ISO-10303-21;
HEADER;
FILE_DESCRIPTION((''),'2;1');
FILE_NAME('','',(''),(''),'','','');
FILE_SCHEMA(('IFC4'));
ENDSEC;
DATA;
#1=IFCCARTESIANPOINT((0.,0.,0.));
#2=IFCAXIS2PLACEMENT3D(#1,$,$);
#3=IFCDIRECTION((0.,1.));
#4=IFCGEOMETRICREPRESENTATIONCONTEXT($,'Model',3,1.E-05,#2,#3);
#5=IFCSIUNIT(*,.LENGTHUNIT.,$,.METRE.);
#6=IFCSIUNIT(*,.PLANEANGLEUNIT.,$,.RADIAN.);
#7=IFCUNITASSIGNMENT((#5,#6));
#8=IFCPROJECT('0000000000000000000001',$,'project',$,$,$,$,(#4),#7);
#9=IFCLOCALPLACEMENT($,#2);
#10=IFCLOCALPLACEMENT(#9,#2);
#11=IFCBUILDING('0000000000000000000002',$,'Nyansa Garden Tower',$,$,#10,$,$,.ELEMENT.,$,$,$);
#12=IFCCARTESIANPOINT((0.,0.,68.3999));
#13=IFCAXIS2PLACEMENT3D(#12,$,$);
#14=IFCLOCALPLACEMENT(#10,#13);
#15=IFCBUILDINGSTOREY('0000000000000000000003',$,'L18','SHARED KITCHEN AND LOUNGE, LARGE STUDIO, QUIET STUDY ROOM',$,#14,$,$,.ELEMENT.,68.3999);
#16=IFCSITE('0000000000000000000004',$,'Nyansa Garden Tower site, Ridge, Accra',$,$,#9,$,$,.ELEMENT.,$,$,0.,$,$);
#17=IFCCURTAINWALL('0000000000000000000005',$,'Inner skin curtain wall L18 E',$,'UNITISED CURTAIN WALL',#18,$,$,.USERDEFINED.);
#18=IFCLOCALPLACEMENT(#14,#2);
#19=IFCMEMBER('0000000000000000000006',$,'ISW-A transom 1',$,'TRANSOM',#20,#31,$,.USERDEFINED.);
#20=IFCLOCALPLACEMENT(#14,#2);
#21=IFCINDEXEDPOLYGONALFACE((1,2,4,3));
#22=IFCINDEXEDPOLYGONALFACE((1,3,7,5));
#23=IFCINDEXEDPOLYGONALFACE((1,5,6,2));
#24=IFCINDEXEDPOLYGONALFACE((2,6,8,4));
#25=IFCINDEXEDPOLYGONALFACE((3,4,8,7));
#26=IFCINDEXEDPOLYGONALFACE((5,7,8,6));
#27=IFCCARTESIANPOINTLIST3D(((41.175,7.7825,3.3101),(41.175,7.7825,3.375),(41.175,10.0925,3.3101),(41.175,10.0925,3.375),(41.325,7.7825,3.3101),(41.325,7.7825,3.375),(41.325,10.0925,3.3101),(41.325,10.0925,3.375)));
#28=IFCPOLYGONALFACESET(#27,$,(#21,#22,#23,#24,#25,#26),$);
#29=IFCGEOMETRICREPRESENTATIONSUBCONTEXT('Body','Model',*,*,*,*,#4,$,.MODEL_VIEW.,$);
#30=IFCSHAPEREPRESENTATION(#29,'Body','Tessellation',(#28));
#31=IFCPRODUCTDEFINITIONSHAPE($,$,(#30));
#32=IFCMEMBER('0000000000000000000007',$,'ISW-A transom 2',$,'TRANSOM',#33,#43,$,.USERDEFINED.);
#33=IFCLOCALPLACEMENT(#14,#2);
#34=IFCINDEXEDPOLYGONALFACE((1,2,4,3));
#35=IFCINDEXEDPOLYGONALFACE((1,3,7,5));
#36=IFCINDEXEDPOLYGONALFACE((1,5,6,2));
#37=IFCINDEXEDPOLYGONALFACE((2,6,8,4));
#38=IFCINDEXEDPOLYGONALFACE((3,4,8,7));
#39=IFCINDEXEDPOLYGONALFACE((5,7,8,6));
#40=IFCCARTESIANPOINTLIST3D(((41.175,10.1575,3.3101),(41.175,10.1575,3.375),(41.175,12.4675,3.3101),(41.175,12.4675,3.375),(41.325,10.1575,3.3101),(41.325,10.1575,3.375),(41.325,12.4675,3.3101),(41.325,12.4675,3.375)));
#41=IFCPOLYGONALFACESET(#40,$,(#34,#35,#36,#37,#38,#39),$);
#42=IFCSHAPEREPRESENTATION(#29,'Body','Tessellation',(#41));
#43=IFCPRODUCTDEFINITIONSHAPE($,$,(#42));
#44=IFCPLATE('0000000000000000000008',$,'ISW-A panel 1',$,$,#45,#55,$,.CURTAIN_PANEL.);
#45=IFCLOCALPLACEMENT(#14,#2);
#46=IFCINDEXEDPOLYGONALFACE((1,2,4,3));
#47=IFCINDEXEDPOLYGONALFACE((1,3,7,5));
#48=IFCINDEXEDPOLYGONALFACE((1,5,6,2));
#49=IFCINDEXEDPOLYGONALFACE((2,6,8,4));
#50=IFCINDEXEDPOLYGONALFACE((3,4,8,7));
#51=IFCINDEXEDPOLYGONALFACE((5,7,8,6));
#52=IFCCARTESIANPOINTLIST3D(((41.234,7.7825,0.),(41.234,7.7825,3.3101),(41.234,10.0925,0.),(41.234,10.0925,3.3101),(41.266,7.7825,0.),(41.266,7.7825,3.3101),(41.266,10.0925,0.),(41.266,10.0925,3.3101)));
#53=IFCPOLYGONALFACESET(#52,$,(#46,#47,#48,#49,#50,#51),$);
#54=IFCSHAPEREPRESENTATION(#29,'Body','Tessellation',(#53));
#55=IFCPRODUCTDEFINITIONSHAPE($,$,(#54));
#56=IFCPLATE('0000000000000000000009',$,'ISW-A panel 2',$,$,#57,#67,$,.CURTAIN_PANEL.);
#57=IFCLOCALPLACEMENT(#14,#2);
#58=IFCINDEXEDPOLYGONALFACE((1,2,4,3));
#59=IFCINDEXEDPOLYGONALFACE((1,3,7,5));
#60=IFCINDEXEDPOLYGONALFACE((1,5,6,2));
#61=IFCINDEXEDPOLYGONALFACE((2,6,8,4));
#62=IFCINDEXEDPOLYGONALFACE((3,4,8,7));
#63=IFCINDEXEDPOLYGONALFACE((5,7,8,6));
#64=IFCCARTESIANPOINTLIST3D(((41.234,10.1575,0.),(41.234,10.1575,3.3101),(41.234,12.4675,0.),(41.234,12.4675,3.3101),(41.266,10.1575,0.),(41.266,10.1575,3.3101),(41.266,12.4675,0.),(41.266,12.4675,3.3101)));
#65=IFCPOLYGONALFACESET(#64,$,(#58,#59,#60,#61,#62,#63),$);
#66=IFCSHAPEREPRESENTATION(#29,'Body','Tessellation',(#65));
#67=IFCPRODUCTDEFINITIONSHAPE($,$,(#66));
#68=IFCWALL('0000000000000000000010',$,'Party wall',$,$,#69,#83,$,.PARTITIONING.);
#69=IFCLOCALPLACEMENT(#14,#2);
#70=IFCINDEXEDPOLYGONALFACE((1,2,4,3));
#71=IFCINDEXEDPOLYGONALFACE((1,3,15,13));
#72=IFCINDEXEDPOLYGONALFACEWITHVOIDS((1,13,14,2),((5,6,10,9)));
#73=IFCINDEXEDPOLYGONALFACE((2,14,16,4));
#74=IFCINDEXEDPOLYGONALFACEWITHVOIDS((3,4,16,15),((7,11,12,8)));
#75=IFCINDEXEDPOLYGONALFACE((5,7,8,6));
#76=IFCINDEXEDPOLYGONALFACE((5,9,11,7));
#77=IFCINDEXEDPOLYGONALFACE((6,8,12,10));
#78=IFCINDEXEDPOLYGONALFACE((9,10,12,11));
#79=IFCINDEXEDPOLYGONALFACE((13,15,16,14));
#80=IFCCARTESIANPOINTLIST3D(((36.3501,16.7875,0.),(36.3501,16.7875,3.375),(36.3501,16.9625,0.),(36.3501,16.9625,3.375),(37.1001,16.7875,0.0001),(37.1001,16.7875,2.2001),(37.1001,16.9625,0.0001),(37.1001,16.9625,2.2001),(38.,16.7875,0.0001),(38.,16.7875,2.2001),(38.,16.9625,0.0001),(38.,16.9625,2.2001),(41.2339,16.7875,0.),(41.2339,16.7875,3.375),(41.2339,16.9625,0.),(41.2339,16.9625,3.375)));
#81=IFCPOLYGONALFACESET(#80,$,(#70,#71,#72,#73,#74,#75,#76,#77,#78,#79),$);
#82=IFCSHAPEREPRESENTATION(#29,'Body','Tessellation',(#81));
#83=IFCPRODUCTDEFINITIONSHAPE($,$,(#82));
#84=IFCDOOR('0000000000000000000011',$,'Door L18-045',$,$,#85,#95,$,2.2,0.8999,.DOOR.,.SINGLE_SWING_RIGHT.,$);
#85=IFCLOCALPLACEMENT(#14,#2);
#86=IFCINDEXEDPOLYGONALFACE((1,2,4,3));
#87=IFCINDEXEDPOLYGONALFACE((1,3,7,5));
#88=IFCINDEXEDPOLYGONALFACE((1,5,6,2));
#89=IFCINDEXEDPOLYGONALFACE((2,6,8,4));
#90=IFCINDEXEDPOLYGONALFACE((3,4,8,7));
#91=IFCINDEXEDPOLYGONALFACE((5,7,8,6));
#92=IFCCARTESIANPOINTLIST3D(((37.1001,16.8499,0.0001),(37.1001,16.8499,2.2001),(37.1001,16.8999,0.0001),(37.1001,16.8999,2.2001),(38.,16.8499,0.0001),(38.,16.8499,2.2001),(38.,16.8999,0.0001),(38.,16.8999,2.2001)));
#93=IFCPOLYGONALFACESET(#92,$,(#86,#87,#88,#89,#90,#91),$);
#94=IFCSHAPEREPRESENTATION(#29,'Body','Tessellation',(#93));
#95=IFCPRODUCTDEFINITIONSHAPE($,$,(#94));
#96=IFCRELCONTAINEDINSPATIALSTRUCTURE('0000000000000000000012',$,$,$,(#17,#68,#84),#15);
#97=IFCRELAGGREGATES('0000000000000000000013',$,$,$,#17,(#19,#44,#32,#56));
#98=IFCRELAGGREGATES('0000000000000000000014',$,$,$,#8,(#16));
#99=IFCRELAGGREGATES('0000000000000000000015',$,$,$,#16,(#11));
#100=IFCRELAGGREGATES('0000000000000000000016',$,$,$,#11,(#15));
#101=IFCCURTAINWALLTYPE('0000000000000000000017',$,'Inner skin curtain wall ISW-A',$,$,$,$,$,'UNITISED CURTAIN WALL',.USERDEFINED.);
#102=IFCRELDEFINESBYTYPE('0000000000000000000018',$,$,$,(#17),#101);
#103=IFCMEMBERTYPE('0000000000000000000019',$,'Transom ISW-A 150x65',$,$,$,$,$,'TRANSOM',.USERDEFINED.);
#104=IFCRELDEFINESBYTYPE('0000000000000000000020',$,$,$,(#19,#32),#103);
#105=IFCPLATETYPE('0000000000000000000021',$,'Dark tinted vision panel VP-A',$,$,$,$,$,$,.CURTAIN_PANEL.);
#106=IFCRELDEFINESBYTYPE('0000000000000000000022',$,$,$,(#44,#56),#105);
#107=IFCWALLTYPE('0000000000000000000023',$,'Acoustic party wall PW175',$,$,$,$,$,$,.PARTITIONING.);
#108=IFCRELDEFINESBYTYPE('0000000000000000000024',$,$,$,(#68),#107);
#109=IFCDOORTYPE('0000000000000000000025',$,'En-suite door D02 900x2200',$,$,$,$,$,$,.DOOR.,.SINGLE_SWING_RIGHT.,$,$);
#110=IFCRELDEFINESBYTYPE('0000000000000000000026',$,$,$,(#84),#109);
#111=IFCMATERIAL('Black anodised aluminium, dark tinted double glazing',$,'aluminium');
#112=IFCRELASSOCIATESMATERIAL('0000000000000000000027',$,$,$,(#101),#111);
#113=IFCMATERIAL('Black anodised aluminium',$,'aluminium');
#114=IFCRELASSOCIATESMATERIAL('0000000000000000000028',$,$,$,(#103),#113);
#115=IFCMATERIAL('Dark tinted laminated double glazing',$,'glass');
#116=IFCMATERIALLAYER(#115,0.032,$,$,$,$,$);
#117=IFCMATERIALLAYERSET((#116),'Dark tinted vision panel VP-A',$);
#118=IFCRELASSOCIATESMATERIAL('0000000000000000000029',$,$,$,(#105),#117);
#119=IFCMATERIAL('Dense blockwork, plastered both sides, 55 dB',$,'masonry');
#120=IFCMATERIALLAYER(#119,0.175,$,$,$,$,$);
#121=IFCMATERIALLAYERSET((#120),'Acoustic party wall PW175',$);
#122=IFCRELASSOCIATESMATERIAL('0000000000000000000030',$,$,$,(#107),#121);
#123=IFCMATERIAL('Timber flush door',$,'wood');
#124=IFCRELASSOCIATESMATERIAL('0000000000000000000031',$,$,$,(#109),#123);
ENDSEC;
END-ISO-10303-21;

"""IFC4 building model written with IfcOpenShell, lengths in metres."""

from ifc_helpers import new_model, si_unit, direction, frame, frame_2d, origin, origin_2d, place, context, subcontext, project, spatial, rectangle, extrude, material, layer, layer_set, material_profile, profile_set, type_object, element, fill, aggregate, save


model = new_model("IFC4")

# Units and contexts
model_context = context("Model", 3, precision=1e-05, world=origin(), true_north=direction((0.0, 1.0)))
body_context = subcontext(model_context, "Body", "Model", "MODEL_VIEW")
ifc_project = project(units=[si_unit("LENGTHUNIT", "METRE"), si_unit("PLANEANGLEUNIT", "RADIAN")], contexts=[model_context])

# Site, building, storey
site_placement = place(None, origin())
site = spatial("IfcSite", under=ifc_project, at=site_placement, Name="Nyansa Garden Tower site, Ridge, Accra", CompositionType="ELEMENT", RefElevation=0.0)
building_placement = place(site_placement, origin())
building = spatial("IfcBuilding", under=site, at=building_placement, Name="Nyansa Garden Tower", CompositionType="ELEMENT")
storey_placement = place(building_placement, frame((0.0, 0.0, 68.3999)))
storey = spatial("IfcBuildingStorey", under=building, at=storey_placement, Name="L18", Description="SHARED KITCHEN AND LOUNGE, LARGE STUDIO, QUIET STUDY ROOM", CompositionType="ELEMENT", Elevation=68.3999)

# Curtain wall
ifc_material_1 = material(Name="Black anodised aluminium, dark tinted double glazing", Category="aluminium")
curtain_wall_type = type_object("IfcCurtainWallType", Name="Inner skin curtain wall ISW-A", ElementType="UNITISED CURTAIN WALL", PredefinedType="USERDEFINED", material=ifc_material_1)
curtain_wall_placement = place(storey_placement, origin())
curtain_wall = element("IfcCurtainWall", 1, at=curtain_wall_placement, inside=storey, type_object=curtain_wall_type, Name="Inner skin curtain wall L18 E", ObjectType="UNITISED CURTAIN WALL", PredefinedType="USERDEFINED")

# Members
ifc_material_2 = material(Name="Black anodised aluminium", Category="aluminium")
ifc_material_profile_1 = material_profile(ifc_material_2, rectangle(XDim=0.1499, YDim=0.0649, at=origin_2d()), Name="Transom 150x65")
ifc_profile_set_1 = profile_set([ifc_material_profile_1], Name="Black anodised aluminium")
member_type_1 = type_object("IfcMemberType", Name="Transom ISW-A 150x65", ElementType="TRANSOM", PredefinedType="USERDEFINED", material=ifc_profile_set_1)
member_1_placement = place(storey_placement, frame((41.25, 7.7825, 3.3425), z_axis=(0.0, 1.0, 0.0), x_axis=(-1.0, 0.0, 0.0)))
member_1 = element("IfcMember", 2, at=member_1_placement, type_object=member_type_1, Name="ISW-A transom 1", ObjectType="TRANSOM", PredefinedType="USERDEFINED", context=body_context, shape_type="SweptSolid", body=[
    extrude(rectangle(XDim=0.1499, YDim=0.0649, at=origin_2d()), origin(), (0.0, 0.0, 1.0), 2.3101),
])
member_2_placement = place(storey_placement, frame((41.25, 10.1575, 3.3425), z_axis=(0.0, 1.0, 0.0), x_axis=(-1.0, 0.0, 0.0)))
member_2 = element("IfcMember", 3, at=member_2_placement, type_object=member_type_1, Name="ISW-A transom 2", ObjectType="TRANSOM", PredefinedType="USERDEFINED", context=body_context, shape_type="SweptSolid", body=[
    extrude(rectangle(XDim=0.1499, YDim=0.0649, at=origin_2d()), origin(), (0.0, 0.0, 1.0), 2.3101),
])

# Plates
ifc_material_3 = material(Name="Dark tinted laminated double glazing", Category="glass")
ifc_layer_1 = layer(ifc_material_3, 0.032)
ifc_layer_set_1 = layer_set([ifc_layer_1], Name="Dark tinted vision panel VP-A")
plate_type = type_object("IfcPlateType", Name="Dark tinted vision panel VP-A", PredefinedType="CURTAIN_PANEL", material=ifc_layer_set_1)
plate_1_placement = place(storey_placement, frame((41.25, 8.9375, 0.0), z_axis=(0.0, 0.0, 1.0), x_axis=(0.0, 1.0, 0.0)))
plate_1 = element("IfcPlate", 4, at=plate_1_placement, type_object=plate_type, Name="ISW-A panel 1", PredefinedType="CURTAIN_PANEL", context=body_context, shape_type="SweptSolid", body=[
    extrude(rectangle(XDim=2.3101, YDim=0.032, at=origin_2d()), origin(), (0.0, 0.0, 1.0), 3.3101),
])
plate_2_placement = place(storey_placement, frame((41.25, 11.3125, 0.0), z_axis=(0.0, 0.0, 1.0), x_axis=(0.0, 1.0, 0.0)))
plate_2 = element("IfcPlate", 5, at=plate_2_placement, type_object=plate_type, Name="ISW-A panel 2", PredefinedType="CURTAIN_PANEL", context=body_context, shape_type="SweptSolid", body=[
    extrude(rectangle(XDim=2.3101, YDim=0.032, at=origin_2d()), origin(), (0.0, 0.0, 1.0), 3.3101),
])
aggregate(curtain_wall, [member_1, plate_1, member_2, plate_2])

# Wall, opening, door
ifc_material_4 = material(Name="Dense blockwork, plastered both sides, 55 dB", Category="masonry")
ifc_layer_2 = layer(ifc_material_4, 0.175)
ifc_layer_set_2 = layer_set([ifc_layer_2], Name="Acoustic party wall PW175")
wall_type_1 = type_object("IfcWallType", Name="Acoustic party wall PW175", PredefinedType="PARTITIONING", material=ifc_layer_set_2)
wall_1_placement = place(storey_placement, frame((36.3501, 16.875, 0.0), z_axis=(0.0, 0.0, 1.0), x_axis=(1.0, 0.0, 0.0)))
wall_1 = element("IfcWall", 6, at=wall_1_placement, inside=storey, type_object=wall_type_1, Name="Party wall", PredefinedType="PARTITIONING", context=body_context, shape_type="SweptSolid", body=[
    extrude(rectangle(XDim=4.8838, YDim=0.175, at=frame_2d((2.4419, 0.0))), origin(), (0.0, 0.0, 1.0), 3.375),
])
opening_1_placement = place(wall_1_placement, frame((0.75, 0.0, 0.0)))
opening_1 = element("IfcOpeningElement", 7, at=opening_1_placement, cuts=wall_1, PredefinedType="OPENING", context=body_context, shape_type="SweptSolid", body=[
    extrude(rectangle(XDim=0.8999, YDim=2.2, at=frame_2d((0.45, 1.1001))), frame((0.0, 0.0974, 0.0), z_axis=(0.0, -1.0, 0.0), x_axis=(1.0, 0.0, 0.0)), (0.0, 0.0, 1.0), 0.1951),
])
ifc_material_5 = material(Name="Timber flush door", Category="wood")
door_type_1 = type_object("IfcDoorType", Name="En-suite door D02 900x2200", OperationType="SINGLE_SWING_RIGHT", PredefinedType="DOOR", material=ifc_material_5)
door_1_placement = place(opening_1_placement, origin())
door_1 = element("IfcDoor", 8, at=door_1_placement, inside=storey, type_object=door_type_1, Name="Door L18-045", OperationType="SINGLE_SWING_RIGHT", OverallHeight=2.2, OverallWidth=0.8999, PredefinedType="DOOR", context=body_context, shape_type="SweptSolid", body=[
    extrude(rectangle(XDim=0.8999, YDim=2.2, at=frame_2d((0.45, 1.1001))), frame((0.0, 0.0249, 0.0), z_axis=(0.0, -1.0, 0.0), x_axis=(1.0, 0.0, 0.0)), (0.0, 0.0, 1.0), 0.05),
])
fill(opening_1, door_1)

save(model, "model.ifc")
